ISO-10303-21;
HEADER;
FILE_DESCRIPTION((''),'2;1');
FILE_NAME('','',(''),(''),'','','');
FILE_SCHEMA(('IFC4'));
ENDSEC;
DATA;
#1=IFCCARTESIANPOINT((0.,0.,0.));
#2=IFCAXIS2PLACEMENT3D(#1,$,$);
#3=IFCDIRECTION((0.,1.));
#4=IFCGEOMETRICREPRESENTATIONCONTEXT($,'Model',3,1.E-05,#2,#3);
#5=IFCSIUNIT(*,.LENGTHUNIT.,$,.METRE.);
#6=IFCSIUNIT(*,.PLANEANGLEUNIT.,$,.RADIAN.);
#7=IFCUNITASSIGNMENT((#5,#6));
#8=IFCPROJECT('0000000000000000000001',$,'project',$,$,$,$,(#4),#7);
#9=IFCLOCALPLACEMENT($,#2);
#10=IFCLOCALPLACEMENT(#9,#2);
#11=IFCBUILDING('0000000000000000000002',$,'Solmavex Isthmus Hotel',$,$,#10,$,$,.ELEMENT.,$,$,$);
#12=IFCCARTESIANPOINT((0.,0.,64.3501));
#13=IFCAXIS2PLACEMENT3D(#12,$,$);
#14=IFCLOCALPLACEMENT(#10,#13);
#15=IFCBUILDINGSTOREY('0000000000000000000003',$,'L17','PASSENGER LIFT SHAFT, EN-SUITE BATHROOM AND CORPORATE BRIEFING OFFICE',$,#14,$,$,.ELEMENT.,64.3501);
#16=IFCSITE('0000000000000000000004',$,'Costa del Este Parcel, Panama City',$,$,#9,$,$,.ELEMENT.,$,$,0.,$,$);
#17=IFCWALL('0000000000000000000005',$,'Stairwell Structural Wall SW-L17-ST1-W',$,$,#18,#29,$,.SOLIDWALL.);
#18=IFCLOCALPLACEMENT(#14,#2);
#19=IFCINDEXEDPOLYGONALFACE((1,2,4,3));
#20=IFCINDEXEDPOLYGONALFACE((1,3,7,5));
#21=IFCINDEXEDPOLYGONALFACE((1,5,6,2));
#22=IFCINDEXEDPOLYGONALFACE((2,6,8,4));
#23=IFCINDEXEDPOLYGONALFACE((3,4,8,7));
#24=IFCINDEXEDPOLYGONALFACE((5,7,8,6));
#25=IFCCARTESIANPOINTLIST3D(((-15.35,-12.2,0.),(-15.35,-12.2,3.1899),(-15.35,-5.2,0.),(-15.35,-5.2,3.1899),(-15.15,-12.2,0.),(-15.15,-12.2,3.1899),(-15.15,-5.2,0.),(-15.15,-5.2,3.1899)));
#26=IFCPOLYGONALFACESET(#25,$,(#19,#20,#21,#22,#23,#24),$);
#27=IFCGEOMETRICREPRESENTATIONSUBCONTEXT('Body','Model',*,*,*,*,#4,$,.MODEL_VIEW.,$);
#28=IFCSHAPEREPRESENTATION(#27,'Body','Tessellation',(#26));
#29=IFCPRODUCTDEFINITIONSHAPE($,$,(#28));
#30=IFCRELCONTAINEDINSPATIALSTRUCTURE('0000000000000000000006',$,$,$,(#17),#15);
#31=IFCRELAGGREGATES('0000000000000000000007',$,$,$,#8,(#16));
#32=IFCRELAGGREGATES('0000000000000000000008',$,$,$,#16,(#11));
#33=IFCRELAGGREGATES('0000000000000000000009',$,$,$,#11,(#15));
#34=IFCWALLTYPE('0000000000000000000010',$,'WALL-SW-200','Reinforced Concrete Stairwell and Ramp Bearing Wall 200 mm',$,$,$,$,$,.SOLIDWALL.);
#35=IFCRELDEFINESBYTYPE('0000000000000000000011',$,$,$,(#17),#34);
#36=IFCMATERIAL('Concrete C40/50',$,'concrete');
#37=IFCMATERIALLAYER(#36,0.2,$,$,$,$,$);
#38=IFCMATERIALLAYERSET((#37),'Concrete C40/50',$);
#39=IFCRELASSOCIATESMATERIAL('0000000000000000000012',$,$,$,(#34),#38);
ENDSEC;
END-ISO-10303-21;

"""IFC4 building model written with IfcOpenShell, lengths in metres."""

from ifc_helpers import new_model, si_unit, direction, frame, frame_2d, origin, place, context, subcontext, project, spatial, rectangle, extrude, material, layer, layer_set, type_object, element, save


model = new_model("IFC4")

# Units and contexts
model_context = context("Model", 3, precision=1e-05, world=origin(), true_north=direction((0.0, 1.0)))
body_context = subcontext(model_context, "Body", "Model", "MODEL_VIEW")
ifc_project = project(units=[si_unit("LENGTHUNIT", "METRE"), si_unit("PLANEANGLEUNIT", "RADIAN")], contexts=[model_context])

# Site, building, storey
site_placement = place(None, origin())
site = spatial("IfcSite", under=ifc_project, at=site_placement, Name="Costa del Este Parcel, Panama City", CompositionType="ELEMENT", RefElevation=0.0)
building_placement = place(site_placement, origin())
building = spatial("IfcBuilding", under=site, at=building_placement, Name="Solmavex Isthmus Hotel", CompositionType="ELEMENT")
storey_placement = place(building_placement, frame((0.0, 0.0, 64.3501)))
storey = spatial("IfcBuildingStorey", under=building, at=storey_placement, Name="L17", Description="PASSENGER LIFT SHAFT, EN-SUITE BATHROOM AND CORPORATE BRIEFING OFFICE", CompositionType="ELEMENT", Elevation=64.3501)

# Wall
ifc_material_1 = material(Name="Concrete C40/50", Category="concrete")
ifc_layer_1 = layer(ifc_material_1, 0.2)
ifc_layer_set_1 = layer_set([ifc_layer_1], Name="Concrete C40/50")
wall_type_1 = type_object("IfcWallType", Name="WALL-SW-200", Description="Reinforced Concrete Stairwell and Ramp Bearing Wall 200 mm", PredefinedType="SOLIDWALL", material=ifc_layer_set_1)
wall_1_placement = place(storey_placement, frame((-15.25, -12.2, 0.0), z_axis=(0.0, 0.0, 1.0), x_axis=(0.0, 1.0, 0.0)))
element("IfcWall", 1, at=wall_1_placement, inside=storey, type_object=wall_type_1, Name="Stairwell Structural Wall SW-L17-ST1-W", PredefinedType="SOLIDWALL", context=body_context, shape_type="SweptSolid", body=[
    extrude(rectangle(XDim=7.0, YDim=0.2, at=frame_2d((3.5, 0.0))), origin(), (0.0, 0.0, 1.0), 3.1899),
])

save(model, "model.ifc")
